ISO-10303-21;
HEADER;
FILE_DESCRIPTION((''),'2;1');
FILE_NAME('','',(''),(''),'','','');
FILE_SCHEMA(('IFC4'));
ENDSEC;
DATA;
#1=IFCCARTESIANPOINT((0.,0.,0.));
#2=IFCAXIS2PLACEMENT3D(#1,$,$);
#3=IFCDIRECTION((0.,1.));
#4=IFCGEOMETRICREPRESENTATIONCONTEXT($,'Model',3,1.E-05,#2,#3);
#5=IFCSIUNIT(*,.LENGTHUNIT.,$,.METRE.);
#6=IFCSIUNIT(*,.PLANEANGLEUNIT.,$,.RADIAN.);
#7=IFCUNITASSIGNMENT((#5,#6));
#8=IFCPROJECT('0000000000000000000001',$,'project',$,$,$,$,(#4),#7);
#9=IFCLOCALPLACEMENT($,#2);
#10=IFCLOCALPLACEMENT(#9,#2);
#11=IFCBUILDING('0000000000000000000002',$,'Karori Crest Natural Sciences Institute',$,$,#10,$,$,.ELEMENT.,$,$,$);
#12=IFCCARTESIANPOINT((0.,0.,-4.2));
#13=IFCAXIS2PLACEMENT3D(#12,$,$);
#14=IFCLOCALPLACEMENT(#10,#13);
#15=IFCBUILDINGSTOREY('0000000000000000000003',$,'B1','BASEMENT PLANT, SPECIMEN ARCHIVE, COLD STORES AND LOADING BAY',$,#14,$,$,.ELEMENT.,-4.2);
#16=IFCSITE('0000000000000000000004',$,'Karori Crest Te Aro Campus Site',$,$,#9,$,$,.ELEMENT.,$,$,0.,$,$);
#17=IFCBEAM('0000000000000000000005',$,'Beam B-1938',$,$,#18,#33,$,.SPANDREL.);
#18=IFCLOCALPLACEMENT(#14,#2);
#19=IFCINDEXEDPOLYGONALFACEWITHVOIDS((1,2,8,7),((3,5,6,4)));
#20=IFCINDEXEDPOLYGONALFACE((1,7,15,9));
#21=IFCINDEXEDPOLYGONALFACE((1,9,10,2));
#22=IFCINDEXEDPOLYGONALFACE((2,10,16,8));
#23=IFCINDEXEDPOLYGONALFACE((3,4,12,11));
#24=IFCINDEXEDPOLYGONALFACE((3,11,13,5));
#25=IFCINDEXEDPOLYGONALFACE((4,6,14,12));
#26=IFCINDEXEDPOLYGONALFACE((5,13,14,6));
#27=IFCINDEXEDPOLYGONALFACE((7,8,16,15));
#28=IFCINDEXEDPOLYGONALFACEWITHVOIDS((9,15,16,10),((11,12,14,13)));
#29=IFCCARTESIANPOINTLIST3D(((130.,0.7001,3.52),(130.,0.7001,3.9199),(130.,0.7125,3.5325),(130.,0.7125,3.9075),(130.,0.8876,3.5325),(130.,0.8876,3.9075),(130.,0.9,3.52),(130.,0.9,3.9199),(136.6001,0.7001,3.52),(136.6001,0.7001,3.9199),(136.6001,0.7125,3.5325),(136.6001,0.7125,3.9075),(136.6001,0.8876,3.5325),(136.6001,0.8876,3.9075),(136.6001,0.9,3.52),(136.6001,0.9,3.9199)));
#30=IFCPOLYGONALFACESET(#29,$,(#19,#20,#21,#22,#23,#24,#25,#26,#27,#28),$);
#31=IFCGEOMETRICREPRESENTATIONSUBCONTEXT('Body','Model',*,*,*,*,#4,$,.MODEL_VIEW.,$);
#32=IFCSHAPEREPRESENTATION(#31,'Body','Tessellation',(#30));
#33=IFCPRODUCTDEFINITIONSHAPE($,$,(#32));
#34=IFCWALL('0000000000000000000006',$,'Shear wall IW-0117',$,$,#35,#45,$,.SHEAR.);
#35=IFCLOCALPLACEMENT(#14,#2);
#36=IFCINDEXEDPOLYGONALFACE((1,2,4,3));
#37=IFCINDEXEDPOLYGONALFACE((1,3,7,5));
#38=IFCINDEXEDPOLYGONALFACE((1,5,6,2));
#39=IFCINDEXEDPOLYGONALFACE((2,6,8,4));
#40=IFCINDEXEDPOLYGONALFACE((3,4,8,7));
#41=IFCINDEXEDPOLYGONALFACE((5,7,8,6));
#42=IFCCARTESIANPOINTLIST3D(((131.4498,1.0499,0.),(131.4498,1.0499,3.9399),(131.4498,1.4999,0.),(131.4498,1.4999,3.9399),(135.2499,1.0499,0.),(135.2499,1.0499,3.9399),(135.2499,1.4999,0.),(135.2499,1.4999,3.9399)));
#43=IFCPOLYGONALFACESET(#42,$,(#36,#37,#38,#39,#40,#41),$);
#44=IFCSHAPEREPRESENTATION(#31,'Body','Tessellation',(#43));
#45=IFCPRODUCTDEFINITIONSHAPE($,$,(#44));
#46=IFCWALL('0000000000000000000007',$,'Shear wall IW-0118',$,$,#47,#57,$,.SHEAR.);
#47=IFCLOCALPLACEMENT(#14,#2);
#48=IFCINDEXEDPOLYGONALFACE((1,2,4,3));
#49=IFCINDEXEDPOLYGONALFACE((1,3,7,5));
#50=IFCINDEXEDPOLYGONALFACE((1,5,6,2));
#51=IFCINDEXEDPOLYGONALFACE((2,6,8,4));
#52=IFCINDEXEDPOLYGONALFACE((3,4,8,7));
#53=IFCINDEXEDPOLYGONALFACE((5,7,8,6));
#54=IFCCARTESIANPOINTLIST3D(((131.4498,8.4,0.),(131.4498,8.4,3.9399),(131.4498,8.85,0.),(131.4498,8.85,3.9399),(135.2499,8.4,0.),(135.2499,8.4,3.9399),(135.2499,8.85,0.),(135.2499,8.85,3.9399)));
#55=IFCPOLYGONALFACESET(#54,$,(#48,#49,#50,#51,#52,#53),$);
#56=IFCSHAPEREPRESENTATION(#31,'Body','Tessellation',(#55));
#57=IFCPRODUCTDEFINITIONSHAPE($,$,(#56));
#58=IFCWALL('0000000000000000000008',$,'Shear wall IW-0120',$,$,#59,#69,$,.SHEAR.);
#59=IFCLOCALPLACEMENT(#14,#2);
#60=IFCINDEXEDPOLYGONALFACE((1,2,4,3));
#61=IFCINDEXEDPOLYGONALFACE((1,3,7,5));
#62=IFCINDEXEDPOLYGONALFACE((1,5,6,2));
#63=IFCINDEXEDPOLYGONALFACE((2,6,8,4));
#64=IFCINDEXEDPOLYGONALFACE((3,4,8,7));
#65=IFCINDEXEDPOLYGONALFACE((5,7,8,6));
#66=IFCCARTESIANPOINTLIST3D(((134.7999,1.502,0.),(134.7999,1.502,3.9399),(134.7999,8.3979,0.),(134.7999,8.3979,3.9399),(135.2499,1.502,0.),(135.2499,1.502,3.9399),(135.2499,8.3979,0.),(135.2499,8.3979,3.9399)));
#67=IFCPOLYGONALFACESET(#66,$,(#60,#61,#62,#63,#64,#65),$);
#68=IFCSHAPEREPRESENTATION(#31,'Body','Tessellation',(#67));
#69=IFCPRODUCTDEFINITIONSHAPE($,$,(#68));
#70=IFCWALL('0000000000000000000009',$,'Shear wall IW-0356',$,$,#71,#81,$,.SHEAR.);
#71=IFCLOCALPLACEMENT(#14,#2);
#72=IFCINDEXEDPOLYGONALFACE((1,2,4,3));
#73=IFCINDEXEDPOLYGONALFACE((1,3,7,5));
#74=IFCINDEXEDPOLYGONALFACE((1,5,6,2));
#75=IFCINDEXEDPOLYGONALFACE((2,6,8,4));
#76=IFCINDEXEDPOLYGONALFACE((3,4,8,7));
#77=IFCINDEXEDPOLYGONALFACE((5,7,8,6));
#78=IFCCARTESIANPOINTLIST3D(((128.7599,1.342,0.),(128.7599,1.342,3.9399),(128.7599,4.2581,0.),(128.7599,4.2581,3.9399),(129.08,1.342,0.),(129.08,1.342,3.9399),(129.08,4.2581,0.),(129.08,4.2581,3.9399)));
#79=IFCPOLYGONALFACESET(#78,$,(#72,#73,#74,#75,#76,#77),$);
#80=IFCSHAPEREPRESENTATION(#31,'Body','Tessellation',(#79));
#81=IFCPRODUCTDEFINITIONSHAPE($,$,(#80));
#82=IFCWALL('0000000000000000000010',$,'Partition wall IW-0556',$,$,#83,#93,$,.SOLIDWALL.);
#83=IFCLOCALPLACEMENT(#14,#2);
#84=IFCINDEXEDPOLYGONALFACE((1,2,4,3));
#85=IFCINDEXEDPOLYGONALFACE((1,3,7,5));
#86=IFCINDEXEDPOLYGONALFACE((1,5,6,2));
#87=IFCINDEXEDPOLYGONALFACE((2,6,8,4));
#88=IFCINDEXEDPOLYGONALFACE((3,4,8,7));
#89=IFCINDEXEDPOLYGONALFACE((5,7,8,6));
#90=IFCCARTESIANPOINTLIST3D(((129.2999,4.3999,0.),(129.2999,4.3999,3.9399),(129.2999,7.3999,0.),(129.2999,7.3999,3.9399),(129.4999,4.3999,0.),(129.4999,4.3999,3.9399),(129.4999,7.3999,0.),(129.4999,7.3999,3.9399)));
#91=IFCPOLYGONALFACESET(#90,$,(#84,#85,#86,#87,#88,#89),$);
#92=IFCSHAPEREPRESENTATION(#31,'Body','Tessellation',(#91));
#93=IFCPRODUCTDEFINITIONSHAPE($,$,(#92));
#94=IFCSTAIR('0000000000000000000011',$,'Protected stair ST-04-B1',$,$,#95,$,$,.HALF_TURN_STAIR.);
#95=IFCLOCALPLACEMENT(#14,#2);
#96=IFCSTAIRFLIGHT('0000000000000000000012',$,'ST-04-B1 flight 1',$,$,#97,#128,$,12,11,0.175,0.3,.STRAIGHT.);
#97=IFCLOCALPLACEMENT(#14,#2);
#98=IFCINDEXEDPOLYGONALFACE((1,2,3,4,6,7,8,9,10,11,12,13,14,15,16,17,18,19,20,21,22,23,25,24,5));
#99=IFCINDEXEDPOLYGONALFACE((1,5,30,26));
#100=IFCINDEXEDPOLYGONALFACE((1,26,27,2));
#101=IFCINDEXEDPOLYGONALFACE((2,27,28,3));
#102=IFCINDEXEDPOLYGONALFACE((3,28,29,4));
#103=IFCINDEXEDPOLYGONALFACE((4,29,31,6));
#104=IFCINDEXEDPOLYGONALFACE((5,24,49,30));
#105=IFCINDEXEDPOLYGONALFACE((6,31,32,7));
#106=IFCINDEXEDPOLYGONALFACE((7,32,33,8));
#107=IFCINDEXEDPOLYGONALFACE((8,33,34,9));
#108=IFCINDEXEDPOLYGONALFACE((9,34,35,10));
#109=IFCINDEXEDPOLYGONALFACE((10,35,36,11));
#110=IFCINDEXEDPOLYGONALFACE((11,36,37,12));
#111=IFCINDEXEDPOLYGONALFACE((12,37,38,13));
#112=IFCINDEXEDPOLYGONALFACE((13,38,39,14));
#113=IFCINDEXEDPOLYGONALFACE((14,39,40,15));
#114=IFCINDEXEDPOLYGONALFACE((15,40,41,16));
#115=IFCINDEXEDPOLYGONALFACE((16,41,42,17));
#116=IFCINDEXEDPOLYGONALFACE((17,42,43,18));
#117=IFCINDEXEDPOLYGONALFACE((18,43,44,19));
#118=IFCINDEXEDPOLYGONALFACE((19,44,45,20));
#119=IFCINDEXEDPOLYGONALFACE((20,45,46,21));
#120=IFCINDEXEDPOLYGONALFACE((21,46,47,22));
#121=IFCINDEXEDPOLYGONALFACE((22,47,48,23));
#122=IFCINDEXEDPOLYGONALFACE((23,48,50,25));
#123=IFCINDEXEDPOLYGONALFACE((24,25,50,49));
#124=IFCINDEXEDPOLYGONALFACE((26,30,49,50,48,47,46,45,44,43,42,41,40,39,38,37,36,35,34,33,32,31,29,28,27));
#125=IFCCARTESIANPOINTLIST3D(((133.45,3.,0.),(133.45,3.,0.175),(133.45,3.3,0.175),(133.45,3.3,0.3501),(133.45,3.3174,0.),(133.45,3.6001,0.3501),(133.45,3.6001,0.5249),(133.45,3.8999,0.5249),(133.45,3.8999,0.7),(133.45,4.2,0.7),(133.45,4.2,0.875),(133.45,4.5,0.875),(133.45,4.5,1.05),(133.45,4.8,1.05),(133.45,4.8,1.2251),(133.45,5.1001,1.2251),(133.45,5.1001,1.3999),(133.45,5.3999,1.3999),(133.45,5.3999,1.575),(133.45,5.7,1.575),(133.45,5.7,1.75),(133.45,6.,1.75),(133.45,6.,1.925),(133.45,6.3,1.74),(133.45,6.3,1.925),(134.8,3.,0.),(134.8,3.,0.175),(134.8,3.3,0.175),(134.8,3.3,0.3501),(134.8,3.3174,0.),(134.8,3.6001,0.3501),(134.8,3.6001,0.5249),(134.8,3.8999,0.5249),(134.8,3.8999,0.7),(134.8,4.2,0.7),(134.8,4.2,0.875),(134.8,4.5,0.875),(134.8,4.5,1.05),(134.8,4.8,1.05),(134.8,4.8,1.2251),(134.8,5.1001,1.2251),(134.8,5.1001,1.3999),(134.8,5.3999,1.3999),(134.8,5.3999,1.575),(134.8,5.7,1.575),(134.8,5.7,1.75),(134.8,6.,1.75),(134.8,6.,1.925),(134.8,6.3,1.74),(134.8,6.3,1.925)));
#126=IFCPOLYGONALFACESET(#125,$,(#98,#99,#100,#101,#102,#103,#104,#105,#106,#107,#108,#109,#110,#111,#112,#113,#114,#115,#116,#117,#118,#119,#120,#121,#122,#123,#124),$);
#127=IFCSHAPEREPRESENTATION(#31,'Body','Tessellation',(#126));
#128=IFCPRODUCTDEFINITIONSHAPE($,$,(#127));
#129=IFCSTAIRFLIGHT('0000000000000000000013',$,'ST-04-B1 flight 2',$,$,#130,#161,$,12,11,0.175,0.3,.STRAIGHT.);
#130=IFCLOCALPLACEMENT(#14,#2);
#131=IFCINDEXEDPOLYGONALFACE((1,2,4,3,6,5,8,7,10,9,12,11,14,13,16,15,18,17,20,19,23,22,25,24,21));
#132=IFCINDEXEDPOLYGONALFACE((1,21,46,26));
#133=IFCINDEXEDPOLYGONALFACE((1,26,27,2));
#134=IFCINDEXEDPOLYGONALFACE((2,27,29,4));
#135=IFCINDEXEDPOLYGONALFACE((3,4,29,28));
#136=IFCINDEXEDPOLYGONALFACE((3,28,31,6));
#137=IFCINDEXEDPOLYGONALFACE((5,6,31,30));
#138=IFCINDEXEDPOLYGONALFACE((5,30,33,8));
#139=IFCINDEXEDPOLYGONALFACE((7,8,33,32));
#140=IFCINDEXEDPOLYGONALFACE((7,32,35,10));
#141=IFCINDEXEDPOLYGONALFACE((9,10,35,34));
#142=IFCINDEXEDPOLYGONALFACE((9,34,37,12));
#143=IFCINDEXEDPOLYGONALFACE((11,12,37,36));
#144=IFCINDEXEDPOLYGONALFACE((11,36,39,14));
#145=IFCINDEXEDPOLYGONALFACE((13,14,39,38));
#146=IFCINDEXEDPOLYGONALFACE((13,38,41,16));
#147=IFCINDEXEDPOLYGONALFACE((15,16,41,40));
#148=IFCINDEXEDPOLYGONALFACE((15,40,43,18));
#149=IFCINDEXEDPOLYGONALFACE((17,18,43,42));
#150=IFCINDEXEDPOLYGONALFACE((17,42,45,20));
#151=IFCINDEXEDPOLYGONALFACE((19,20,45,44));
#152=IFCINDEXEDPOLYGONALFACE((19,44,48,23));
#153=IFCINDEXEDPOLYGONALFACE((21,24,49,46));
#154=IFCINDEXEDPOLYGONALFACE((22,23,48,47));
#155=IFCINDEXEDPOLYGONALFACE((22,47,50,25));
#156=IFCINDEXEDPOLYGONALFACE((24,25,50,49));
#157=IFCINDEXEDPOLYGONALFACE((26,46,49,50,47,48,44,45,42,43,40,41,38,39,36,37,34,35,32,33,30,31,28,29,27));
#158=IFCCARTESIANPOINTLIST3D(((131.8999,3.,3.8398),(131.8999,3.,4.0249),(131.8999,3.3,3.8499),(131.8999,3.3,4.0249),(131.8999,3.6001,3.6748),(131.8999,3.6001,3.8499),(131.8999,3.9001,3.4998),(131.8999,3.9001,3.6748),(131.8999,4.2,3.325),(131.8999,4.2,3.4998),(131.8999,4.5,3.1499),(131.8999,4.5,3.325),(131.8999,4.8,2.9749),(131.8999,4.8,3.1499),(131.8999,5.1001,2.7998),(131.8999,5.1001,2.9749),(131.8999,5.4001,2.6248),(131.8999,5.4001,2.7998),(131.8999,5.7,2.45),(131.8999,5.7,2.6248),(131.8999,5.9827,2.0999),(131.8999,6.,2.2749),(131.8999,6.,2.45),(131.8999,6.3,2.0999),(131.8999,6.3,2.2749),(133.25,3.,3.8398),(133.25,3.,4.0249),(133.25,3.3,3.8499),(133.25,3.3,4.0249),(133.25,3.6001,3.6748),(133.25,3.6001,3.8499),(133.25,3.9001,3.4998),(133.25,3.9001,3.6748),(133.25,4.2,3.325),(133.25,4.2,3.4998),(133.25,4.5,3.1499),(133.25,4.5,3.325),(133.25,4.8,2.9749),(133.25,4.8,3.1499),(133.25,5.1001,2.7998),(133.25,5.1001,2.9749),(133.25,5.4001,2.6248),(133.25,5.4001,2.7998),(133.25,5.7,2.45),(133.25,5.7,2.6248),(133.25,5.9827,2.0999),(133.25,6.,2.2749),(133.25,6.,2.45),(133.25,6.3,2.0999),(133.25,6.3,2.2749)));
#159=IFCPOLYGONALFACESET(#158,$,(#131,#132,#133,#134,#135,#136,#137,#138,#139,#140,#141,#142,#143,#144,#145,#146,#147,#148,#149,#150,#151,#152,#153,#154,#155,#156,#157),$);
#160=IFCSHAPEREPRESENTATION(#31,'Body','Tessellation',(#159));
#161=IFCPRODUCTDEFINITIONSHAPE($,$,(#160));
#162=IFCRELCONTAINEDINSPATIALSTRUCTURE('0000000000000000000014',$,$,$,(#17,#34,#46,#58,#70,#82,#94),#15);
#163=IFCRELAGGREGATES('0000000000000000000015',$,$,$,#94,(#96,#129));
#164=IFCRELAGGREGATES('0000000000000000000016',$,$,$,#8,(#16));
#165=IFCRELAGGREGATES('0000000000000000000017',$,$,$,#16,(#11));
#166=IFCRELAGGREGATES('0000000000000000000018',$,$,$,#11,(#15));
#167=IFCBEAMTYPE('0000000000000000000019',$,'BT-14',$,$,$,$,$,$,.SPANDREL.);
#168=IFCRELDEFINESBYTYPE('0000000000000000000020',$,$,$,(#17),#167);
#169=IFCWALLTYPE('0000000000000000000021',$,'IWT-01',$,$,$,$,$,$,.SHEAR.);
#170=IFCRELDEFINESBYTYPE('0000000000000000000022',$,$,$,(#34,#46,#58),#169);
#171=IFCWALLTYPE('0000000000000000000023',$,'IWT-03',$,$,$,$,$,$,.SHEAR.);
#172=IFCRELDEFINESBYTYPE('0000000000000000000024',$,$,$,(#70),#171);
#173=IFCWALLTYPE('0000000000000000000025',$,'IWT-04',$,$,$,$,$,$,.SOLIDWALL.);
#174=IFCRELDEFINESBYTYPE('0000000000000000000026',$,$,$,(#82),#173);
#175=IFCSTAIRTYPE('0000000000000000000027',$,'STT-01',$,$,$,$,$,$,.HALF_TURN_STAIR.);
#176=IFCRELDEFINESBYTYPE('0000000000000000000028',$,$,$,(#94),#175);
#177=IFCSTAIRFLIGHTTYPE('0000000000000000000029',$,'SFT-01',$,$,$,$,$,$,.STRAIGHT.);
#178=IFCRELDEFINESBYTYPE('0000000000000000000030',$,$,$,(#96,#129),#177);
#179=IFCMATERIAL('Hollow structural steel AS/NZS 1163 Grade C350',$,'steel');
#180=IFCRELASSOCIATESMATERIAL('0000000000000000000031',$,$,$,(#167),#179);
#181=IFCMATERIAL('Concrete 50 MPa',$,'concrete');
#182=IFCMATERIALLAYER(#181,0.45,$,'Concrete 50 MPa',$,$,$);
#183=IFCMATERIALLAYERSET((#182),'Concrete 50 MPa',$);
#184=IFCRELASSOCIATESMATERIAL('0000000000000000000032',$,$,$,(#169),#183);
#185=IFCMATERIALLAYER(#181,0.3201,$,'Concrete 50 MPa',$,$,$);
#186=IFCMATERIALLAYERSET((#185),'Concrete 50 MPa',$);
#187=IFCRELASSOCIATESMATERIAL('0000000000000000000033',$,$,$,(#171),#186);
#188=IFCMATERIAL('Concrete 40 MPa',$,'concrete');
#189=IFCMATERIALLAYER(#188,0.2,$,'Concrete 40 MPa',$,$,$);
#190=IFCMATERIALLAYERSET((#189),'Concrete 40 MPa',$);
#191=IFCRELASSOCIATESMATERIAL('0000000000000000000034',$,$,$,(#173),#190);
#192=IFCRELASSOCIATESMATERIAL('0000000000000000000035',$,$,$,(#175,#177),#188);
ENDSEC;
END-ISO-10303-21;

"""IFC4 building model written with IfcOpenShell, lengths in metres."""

from ifc_helpers import new_model, si_unit, direction, frame, frame_2d, origin, origin_2d, place, context, subcontext, project, spatial, polyline, rectangle, hollow_rectangle, outline, extrude, material, layer, layer_set, material_profile, profile_set, type_object, element, aggregate, save


model = new_model("IFC4")

# Units and contexts
model_context = context("Model", 3, precision=1e-05, world=origin(), true_north=direction((0.0, 1.0)))
body_context = subcontext(model_context, "Body", "Model", "MODEL_VIEW")
ifc_project = project(units=[si_unit("LENGTHUNIT", "METRE"), si_unit("PLANEANGLEUNIT", "RADIAN")], contexts=[model_context])

# Site, building, storey
site_placement = place(None, origin())
site = spatial("IfcSite", under=ifc_project, at=site_placement, Name="Karori Crest Te Aro Campus Site", CompositionType="ELEMENT", RefElevation=0.0)
building_placement = place(site_placement, origin())
building = spatial("IfcBuilding", under=site, at=building_placement, Name="Karori Crest Natural Sciences Institute", CompositionType="ELEMENT")
storey_placement = place(building_placement, frame((0.0, 0.0, -4.2)))
storey = spatial("IfcBuildingStorey", under=building, at=storey_placement, Name="B1", Description="BASEMENT PLANT, SPECIMEN ARCHIVE, COLD STORES AND LOADING BAY", CompositionType="ELEMENT", Elevation=-4.2)

# Shared definitions
ifc_material_1 = material(Name="Concrete 40 MPa", Category="concrete")

# Beam
ifc_material_2 = material(Name="Hollow structural steel AS/NZS 1163 Grade C350", Category="steel")
ifc_material_profile_1 = material_profile(ifc_material_2, hollow_rectangle(XDim=0.2, YDim=0.3999, WallThickness=0.0125, at=origin_2d()), Name="RHS400x200x12.5")
ifc_profile_set_1 = profile_set([ifc_material_profile_1], Name="Hollow structural steel AS/NZS 1163 Grade C350")
beam_type_1 = type_object("IfcBeamType", Name="BT-14", PredefinedType="SPANDREL", material=ifc_profile_set_1)
beam_1_placement = place(storey_placement, frame((130.0, 0.8, 3.72), z_axis=(1.0, 0.0, 0.0), x_axis=(0.0, 1.0, 0.0)))
element("IfcBeam", 1, at=beam_1_placement, inside=storey, type_object=beam_type_1, Name="Beam B-1938", PredefinedType="SPANDREL", context=body_context, shape_type="SweptSolid", body=[
    extrude(hollow_rectangle(XDim=0.2, YDim=0.3999, WallThickness=0.0125, at=origin_2d()), origin(), (0.0, 0.0, 1.0), 6.6001),
])

# Walls
ifc_material_3 = material(Name="Concrete 50 MPa", Category="concrete")
ifc_layer_1 = layer(ifc_material_3, 0.45, Name="Concrete 50 MPa")
ifc_layer_set_1 = layer_set([ifc_layer_1], Name="Concrete 50 MPa")
wall_type_1 = type_object("IfcWallType", Name="IWT-01", PredefinedType="SHEAR", material=ifc_layer_set_1)
for number, where, z_axis, x_axis, name in (
    (2, (131.45, 1.2749, 0.0), (0.0, 0.0, 1.0), (1.0, 0.0, 0.0), "Shear wall IW-0117"),
    (3, (131.45, 8.625, 0.0), (0.0, 0.0, 1.0), (1.0, 0.0, 0.0), "Shear wall IW-0118"),
):
    element("IfcWall", number, at=place(storey_placement, frame(where, z_axis=z_axis, x_axis=x_axis)), inside=storey, type_object=wall_type_1, Name=name, PredefinedType="SHEAR", context=body_context, shape_type="SweptSolid", body=[
        extrude(rectangle(XDim=3.8, YDim=0.45, at=frame_2d((1.8999, 0.0))), origin(), (0.0, 0.0, 1.0), 3.9399),
    ])

# Walls
wall_1_placement = place(storey_placement, frame((135.0249, 1.502, 0.0), z_axis=(0.0, 0.0, 1.0), x_axis=(0.0, 1.0, 0.0)))
element("IfcWall", 4, at=wall_1_placement, inside=storey, type_object=wall_type_1, Name="Shear wall IW-0120", PredefinedType="SHEAR", context=body_context, shape_type="SweptSolid", body=[
    extrude(rectangle(XDim=6.896, YDim=0.45, at=frame_2d((3.448, 0.0))), origin(), (0.0, 0.0, 1.0), 3.9399),
])
ifc_layer_2 = layer(ifc_material_3, 0.3201, Name="Concrete 50 MPa")
ifc_layer_set_2 = layer_set([ifc_layer_2], Name="Concrete 50 MPa")
wall_type_2 = type_object("IfcWallType", Name="IWT-03", PredefinedType="SHEAR", material=ifc_layer_set_2)
wall_2_placement = place(storey_placement, frame((128.9199, 1.342, 0.0), z_axis=(0.0, 0.0, 1.0), x_axis=(0.0, 1.0, 0.0)))
element("IfcWall", 5, at=wall_2_placement, inside=storey, type_object=wall_type_2, Name="Shear wall IW-0356", PredefinedType="SHEAR", context=body_context, shape_type="SweptSolid", body=[
    extrude(rectangle(XDim=2.916, YDim=0.3201, at=frame_2d((1.458, 0.0))), origin(), (0.0, 0.0, 1.0), 3.9399),
])
ifc_layer_3 = layer(ifc_material_1, 0.2, Name="Concrete 40 MPa")
ifc_layer_set_3 = layer_set([ifc_layer_3], Name="Concrete 40 MPa")
wall_type_3 = type_object("IfcWallType", Name="IWT-04", PredefinedType="SOLIDWALL", material=ifc_layer_set_3)
wall_3_placement = place(storey_placement, frame((129.3999, 4.3999, 0.0), z_axis=(0.0, 0.0, 1.0), x_axis=(0.0, 1.0, 0.0)))
element("IfcWall", 6, at=wall_3_placement, inside=storey, type_object=wall_type_3, Name="Partition wall IW-0556", PredefinedType="SOLIDWALL", context=body_context, shape_type="SweptSolid", body=[
    extrude(rectangle(XDim=3.0, YDim=0.2, at=frame_2d((1.5, 0.0))), origin(), (0.0, 0.0, 1.0), 3.9399),
])

# Stair, stair flights
stair_type = type_object("IfcStairType", Name="STT-01", PredefinedType="HALF_TURN_STAIR", material=ifc_material_1)
stair_placement = place(storey_placement, origin())
stair = element("IfcStair", 7, at=stair_placement, inside=storey, type_object=stair_type, Name="Protected stair ST-04-B1", PredefinedType="HALF_TURN_STAIR")
stair_flight_type = type_object("IfcStairFlightType", Name="SFT-01", PredefinedType="STRAIGHT", material=ifc_material_1)
stair_flight_1_placement = place(storey_placement, frame((134.125, 3.0, 0.0), z_axis=(0.0, 0.0, 1.0), x_axis=(0.0, 1.0, 0.0)))
stair_flight_1 = element("IfcStairFlight", 8, at=stair_flight_1_placement, type_object=stair_flight_type, Name="ST-04-B1 flight 1", NumberOfRisers=12, NumberOfTreads=11, PredefinedType="STRAIGHT", RiserHeight=0.175, TreadLength=0.3, context=body_context, shape_type="SweptSolid", body=[
    extrude(outline(polyline([(0.0, 0.0), (0.0, 0.175), (0.3, 0.175), (0.3, 0.3501), (0.6001, 0.3501), (0.6001, 0.5249), (0.8999, 0.5249), (0.8999, 0.7), (1.2, 0.7), (1.2, 0.875), (1.5, 0.875), (1.5, 1.05), (1.8, 1.05), (1.8, 1.2251), (2.1001, 1.2251), (2.1001, 1.3999), (2.3999, 1.3999), (2.3999, 1.575), (2.7, 1.575), (2.7, 1.75), (3.0, 1.75), (3.0, 1.925), (3.3, 1.925), (3.3, 2.1001), (3.3, 1.74), (0.3174, 0.0), (0.0, 0.0)])), frame((0.0, 0.675, 0.0), z_axis=(0.0, -1.0, 0.0), x_axis=(1.0, 0.0, 0.0)), (0.0, 0.0, 1.0), 1.3501),
])
stair_flight_2_placement = place(storey_placement, frame((132.575, 6.3, 2.0999), z_axis=(0.0, 0.0, 1.0), x_axis=(0.0, -1.0, 0.0)))
stair_flight_2 = element("IfcStairFlight", 9, at=stair_flight_2_placement, type_object=stair_flight_type, Name="ST-04-B1 flight 2", NumberOfRisers=12, NumberOfTreads=11, PredefinedType="STRAIGHT", RiserHeight=0.175, TreadLength=0.3, context=body_context, shape_type="SweptSolid", body=[
    extrude(outline(polyline([(0.0, 0.0), (0.0, 0.175), (0.3, 0.175), (0.3, 0.3501), (0.6001, 0.3501), (0.6001, 0.5249), (0.8999, 0.5249), (0.8999, 0.7), (1.2, 0.7), (1.2, 0.875), (1.5, 0.875), (1.5, 1.05), (1.8, 1.05), (1.8, 1.2251), (2.1001, 1.2251), (2.1001, 1.3999), (2.3999, 1.3999), (2.3999, 1.575), (2.7, 1.575), (2.7, 1.75), (3.0, 1.75), (3.0, 1.925), (3.3, 1.925), (3.3, 2.1001), (3.3, 1.74), (0.3174, 0.0), (0.0, 0.0)])), frame((0.0, 0.675, 0.0), z_axis=(0.0, -1.0, 0.0), x_axis=(1.0, 0.0, 0.0)), (0.0, 0.0, 1.0), 1.3501),
])
aggregate(stair, [stair_flight_1, stair_flight_2])

save(model, "model.ifc")
